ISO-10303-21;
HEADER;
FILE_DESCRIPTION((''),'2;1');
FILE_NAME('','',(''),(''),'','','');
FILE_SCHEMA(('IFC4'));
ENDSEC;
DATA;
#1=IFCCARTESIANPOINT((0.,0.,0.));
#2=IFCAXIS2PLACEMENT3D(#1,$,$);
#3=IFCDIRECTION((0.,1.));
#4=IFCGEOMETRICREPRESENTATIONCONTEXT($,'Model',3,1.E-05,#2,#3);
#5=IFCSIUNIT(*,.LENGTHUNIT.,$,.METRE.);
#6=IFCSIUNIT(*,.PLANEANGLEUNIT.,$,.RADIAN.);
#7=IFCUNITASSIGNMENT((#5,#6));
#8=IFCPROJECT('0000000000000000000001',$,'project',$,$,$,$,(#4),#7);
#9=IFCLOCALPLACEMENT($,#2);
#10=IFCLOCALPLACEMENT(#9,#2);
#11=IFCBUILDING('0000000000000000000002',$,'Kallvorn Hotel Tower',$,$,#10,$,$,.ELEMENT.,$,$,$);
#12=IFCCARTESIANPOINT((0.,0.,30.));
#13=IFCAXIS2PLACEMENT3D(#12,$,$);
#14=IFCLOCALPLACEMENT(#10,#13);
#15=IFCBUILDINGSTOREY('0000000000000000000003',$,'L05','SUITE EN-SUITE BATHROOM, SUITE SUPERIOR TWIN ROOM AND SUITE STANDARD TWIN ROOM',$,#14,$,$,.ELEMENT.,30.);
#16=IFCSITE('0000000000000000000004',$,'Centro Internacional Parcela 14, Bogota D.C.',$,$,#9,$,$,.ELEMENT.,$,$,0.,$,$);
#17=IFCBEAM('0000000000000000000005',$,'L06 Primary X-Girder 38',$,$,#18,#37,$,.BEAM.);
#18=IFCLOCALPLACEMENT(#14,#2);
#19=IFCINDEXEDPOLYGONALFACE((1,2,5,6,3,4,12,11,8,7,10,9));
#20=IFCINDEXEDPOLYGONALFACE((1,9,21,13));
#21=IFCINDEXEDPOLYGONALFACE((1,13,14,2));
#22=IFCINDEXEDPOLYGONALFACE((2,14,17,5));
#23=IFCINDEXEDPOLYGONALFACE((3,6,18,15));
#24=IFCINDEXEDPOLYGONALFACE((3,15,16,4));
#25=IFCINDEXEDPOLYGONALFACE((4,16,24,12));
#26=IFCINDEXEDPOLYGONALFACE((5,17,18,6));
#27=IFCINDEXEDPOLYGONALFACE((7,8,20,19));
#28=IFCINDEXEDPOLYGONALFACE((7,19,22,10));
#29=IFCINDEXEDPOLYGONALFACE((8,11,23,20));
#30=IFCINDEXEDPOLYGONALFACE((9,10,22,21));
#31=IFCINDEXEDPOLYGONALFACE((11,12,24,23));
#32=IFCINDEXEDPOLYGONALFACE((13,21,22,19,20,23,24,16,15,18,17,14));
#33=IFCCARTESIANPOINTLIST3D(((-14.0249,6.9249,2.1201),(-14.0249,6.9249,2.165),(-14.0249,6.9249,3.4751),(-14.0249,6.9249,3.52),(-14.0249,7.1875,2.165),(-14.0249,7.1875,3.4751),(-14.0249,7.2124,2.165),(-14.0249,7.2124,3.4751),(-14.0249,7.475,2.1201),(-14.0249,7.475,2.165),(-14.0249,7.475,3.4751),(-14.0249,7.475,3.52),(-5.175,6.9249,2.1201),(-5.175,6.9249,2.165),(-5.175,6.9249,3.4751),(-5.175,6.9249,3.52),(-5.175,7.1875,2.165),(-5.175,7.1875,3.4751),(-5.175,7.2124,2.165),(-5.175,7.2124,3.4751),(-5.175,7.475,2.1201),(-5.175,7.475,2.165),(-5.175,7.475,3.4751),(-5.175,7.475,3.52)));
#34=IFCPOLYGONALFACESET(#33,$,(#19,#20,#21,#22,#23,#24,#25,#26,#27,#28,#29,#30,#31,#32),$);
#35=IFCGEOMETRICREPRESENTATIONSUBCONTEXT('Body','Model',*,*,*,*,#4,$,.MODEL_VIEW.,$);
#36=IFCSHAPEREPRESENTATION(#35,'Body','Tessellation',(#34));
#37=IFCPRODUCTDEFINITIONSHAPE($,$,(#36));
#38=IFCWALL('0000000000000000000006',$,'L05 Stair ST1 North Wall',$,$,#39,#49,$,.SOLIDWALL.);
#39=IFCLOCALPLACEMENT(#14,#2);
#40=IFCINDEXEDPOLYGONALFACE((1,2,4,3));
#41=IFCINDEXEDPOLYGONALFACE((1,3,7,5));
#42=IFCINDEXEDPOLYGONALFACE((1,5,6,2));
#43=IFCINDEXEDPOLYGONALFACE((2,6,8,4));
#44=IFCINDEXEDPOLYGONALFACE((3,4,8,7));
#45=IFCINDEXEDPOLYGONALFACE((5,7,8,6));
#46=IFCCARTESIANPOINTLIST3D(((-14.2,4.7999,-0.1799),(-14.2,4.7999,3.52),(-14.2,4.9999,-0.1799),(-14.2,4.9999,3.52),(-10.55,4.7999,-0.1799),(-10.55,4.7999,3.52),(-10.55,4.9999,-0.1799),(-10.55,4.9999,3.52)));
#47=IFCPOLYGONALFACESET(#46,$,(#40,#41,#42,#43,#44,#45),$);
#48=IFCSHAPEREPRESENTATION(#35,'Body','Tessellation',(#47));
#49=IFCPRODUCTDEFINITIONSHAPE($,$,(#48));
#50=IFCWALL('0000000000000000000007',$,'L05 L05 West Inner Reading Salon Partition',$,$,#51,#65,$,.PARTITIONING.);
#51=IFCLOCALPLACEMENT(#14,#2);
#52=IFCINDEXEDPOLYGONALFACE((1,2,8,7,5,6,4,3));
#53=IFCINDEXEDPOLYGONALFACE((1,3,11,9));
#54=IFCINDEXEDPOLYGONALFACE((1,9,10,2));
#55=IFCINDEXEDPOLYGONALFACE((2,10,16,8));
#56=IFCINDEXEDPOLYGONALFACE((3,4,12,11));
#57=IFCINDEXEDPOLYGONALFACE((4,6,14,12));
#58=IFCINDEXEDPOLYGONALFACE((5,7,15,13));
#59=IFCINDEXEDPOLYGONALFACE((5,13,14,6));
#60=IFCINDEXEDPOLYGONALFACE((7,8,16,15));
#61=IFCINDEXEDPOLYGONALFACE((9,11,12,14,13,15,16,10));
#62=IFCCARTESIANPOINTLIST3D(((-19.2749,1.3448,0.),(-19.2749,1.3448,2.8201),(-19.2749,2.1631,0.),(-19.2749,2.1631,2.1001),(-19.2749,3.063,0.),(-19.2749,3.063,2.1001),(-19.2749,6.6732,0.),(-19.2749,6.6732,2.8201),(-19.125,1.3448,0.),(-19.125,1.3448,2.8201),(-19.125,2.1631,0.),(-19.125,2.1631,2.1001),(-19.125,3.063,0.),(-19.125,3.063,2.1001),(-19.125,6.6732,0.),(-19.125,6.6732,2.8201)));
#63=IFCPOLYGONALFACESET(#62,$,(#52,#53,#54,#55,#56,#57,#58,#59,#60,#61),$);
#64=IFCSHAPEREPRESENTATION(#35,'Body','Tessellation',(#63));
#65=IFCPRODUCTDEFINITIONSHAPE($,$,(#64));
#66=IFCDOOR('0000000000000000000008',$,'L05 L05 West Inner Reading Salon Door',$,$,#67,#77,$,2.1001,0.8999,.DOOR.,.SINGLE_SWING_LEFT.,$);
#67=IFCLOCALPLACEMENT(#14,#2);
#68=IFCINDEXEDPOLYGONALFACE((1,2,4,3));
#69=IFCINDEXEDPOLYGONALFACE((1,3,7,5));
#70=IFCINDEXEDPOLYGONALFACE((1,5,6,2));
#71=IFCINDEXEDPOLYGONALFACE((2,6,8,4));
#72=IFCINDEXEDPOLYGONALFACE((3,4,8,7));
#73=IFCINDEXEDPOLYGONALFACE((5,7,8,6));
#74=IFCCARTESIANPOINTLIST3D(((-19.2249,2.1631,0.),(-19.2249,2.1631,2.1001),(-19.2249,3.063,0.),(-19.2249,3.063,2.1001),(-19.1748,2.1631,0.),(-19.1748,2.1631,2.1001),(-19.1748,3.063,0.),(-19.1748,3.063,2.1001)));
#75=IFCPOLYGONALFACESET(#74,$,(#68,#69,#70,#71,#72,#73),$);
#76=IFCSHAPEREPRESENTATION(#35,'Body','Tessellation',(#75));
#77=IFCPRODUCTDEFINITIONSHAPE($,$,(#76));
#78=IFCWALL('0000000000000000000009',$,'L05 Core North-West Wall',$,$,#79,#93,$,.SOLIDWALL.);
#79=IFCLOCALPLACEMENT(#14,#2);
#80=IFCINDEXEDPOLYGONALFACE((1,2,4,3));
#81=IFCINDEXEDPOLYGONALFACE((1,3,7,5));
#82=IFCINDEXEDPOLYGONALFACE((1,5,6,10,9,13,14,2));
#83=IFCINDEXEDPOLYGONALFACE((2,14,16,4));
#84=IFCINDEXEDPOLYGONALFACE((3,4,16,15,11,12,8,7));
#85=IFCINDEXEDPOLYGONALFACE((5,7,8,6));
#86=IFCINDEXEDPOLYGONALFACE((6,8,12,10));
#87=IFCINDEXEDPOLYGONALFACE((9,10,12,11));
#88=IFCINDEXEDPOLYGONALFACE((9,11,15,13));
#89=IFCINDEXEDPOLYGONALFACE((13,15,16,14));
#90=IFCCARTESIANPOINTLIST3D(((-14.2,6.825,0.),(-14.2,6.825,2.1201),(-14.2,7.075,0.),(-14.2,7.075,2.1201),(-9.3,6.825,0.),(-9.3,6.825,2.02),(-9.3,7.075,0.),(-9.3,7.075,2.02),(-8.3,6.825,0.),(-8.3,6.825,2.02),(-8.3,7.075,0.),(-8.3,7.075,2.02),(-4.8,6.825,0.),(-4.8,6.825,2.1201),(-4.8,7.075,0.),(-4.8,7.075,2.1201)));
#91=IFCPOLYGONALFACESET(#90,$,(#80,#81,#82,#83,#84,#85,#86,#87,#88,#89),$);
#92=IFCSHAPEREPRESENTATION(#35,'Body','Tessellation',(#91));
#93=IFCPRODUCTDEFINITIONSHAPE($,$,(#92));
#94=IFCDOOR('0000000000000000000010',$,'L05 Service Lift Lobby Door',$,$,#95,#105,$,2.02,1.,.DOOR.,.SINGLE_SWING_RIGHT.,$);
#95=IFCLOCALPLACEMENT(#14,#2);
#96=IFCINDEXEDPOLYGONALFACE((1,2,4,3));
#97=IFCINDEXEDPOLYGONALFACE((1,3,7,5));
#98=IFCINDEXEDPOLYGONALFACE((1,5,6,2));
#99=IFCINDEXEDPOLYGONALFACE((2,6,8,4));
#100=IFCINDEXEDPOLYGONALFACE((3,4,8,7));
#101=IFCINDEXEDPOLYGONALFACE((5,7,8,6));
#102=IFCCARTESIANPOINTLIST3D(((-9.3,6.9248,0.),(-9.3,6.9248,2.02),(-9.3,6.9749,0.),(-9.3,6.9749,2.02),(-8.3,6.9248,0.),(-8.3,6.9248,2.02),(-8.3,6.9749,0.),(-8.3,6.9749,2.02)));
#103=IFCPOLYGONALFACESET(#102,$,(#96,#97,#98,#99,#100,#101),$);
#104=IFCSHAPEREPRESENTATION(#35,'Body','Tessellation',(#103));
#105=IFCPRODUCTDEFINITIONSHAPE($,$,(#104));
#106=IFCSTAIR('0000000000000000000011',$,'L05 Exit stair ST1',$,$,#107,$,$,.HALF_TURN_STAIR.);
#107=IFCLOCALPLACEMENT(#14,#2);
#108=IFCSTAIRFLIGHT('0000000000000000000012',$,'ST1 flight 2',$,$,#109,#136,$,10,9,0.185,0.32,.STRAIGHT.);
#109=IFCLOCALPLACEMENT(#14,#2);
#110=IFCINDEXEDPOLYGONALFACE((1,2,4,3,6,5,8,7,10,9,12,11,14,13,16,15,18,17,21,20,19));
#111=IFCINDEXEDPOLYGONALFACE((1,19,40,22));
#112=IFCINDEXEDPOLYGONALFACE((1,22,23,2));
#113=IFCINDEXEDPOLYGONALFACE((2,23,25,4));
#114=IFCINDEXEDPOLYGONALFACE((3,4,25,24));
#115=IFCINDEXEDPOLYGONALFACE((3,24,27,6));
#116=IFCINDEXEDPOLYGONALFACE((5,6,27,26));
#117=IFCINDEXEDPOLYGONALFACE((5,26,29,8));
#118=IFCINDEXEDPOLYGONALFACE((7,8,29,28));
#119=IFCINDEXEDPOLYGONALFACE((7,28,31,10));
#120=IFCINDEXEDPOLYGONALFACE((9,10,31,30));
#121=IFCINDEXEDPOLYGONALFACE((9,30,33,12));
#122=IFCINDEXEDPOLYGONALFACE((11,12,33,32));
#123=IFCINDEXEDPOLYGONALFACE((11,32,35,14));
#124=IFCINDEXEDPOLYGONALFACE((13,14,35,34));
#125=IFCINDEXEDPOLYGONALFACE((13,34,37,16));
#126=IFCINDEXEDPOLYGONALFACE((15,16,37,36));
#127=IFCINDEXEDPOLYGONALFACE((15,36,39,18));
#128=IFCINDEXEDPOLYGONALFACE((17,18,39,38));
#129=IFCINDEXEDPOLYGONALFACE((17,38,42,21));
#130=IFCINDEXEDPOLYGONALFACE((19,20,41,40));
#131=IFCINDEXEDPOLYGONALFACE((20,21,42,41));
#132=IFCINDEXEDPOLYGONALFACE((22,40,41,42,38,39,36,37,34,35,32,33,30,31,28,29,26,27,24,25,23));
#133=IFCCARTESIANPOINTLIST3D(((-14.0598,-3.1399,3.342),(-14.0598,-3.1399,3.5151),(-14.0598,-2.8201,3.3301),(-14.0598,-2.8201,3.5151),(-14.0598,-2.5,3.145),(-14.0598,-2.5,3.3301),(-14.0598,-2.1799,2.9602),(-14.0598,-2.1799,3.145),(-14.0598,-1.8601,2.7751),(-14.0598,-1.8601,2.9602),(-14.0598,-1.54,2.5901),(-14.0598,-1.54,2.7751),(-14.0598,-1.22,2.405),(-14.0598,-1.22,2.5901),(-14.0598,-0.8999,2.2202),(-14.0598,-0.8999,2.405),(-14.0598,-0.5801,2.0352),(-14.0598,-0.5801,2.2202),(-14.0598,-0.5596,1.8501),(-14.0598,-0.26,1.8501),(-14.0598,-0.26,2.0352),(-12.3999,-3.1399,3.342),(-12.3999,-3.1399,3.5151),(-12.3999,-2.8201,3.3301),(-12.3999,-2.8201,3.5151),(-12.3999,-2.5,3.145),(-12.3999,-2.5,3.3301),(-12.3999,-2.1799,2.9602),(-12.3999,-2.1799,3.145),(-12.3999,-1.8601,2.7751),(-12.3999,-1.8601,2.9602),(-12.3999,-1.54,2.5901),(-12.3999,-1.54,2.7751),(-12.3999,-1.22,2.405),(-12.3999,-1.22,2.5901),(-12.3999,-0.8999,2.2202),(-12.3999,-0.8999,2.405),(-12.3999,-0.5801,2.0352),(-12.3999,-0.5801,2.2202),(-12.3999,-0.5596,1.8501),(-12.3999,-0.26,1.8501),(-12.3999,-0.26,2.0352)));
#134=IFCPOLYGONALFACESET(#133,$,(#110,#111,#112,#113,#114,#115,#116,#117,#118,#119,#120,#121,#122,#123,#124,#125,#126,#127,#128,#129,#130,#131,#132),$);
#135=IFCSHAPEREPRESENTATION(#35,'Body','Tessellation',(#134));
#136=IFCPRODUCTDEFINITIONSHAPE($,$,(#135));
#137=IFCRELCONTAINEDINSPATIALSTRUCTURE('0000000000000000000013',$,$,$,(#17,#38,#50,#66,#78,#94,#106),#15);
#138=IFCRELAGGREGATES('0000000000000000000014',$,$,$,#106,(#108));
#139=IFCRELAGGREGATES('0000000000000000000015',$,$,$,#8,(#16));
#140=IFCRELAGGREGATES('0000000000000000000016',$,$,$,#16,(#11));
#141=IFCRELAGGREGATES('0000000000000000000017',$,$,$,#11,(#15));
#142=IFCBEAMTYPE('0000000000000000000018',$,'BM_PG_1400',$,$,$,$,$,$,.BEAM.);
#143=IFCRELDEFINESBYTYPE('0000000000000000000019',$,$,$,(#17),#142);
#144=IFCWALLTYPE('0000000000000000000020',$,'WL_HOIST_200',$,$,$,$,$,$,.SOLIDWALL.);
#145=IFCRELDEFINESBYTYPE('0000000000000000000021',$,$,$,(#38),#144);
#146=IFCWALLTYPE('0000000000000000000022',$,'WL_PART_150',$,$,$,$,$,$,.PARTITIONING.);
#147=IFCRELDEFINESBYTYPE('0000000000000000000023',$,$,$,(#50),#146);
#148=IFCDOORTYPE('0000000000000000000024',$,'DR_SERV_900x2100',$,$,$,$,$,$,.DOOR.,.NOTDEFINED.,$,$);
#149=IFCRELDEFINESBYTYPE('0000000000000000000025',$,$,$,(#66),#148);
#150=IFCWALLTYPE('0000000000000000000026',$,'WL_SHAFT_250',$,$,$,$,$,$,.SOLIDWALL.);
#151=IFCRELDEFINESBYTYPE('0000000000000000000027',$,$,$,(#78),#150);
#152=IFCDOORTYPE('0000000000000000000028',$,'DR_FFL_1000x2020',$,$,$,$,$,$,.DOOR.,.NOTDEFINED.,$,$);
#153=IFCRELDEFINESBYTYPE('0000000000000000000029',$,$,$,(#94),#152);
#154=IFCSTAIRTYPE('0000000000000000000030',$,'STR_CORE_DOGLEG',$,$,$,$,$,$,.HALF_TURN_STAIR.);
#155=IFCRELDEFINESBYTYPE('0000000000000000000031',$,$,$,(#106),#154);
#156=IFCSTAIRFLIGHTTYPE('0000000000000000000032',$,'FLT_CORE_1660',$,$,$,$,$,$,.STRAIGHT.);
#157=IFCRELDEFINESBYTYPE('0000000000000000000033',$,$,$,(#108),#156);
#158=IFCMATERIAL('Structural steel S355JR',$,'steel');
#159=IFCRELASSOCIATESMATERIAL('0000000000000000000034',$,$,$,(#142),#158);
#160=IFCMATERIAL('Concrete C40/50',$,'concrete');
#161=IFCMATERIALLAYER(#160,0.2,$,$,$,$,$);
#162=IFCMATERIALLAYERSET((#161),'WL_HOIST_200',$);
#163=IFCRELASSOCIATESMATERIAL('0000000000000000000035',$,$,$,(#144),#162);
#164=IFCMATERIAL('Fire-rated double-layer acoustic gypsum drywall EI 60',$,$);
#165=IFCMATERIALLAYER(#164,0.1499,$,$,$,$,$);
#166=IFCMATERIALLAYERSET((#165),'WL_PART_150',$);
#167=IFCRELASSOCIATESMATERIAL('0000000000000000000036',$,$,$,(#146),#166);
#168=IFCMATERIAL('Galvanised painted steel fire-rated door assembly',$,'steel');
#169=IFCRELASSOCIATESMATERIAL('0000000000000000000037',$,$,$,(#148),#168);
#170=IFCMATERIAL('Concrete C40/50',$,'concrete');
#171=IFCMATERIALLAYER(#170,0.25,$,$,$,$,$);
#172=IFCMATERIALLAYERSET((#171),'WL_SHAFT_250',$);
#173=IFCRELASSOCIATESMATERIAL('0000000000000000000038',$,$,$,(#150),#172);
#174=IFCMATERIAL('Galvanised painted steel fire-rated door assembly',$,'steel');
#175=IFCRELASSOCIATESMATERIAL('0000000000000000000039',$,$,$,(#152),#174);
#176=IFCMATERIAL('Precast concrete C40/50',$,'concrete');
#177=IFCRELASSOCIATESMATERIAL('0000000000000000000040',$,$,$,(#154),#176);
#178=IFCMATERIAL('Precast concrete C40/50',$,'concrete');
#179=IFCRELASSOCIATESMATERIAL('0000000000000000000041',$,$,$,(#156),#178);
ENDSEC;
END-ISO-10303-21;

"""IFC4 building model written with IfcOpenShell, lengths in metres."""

from ifc_helpers import new_model, si_unit, direction, frame, frame_2d, origin, origin_2d, place, context, subcontext, project, spatial, polyline, rectangle, i_section, outline, extrude, material, layer, layer_set, material_profile, profile_set, type_object, element, fill, aggregate, save


model = new_model("IFC4")

# Units and contexts
model_context = context("Model", 3, precision=1e-05, world=origin(), true_north=direction((0.0, 1.0)))
body_context = subcontext(model_context, "Body", "Model", "MODEL_VIEW")
ifc_project = project(units=[si_unit("LENGTHUNIT", "METRE"), si_unit("PLANEANGLEUNIT", "RADIAN")], contexts=[model_context])

# Site, building, storey
site_placement = place(None, origin())
site = spatial("IfcSite", under=ifc_project, at=site_placement, Name="Centro Internacional Parcela 14, Bogota D.C.", CompositionType="ELEMENT", RefElevation=0.0)
building_placement = place(site_placement, origin())
building = spatial("IfcBuilding", under=site, at=building_placement, Name="Kallvorn Hotel Tower", CompositionType="ELEMENT")
storey_placement = place(building_placement, frame((0.0, 0.0, 30.0)))
storey = spatial("IfcBuildingStorey", under=building, at=storey_placement, Name="L05", Description="SUITE EN-SUITE BATHROOM, SUITE SUPERIOR TWIN ROOM AND SUITE STANDARD TWIN ROOM", CompositionType="ELEMENT", Elevation=30.0)

# Beam
ifc_material_1 = material(Name="Structural steel S355JR", Category="steel")
ifc_material_profile_1 = material_profile(ifc_material_1, i_section(OverallWidth=0.55, OverallDepth=1.3999, WebThickness=0.0249, FlangeThickness=0.0449, at=origin_2d()), Name="PG 1400x550x25x45")
ifc_profile_set_1 = profile_set([ifc_material_profile_1], Name="Structural steel S355JR")
beam_type_1 = type_object("IfcBeamType", Name="BM_PG_1400", PredefinedType="BEAM", material=ifc_profile_set_1)
beam_1_placement = place(storey_placement, frame((-14.0249, 7.2, 2.8201), z_axis=(1.0, 0.0, 0.0), x_axis=(0.0, 1.0, 0.0)))
element("IfcBeam", 1, at=beam_1_placement, inside=storey, type_object=beam_type_1, Name="L06 Primary X-Girder 38", PredefinedType="BEAM", context=body_context, shape_type="SweptSolid", body=[
    extrude(i_section(OverallWidth=0.55, OverallDepth=1.3999, WebThickness=0.0249, FlangeThickness=0.0449, at=origin_2d()), origin(), (0.0, 0.0, 1.0), 8.8499),
])

# Wall
ifc_material_2 = material(Name="Concrete C40/50", Category="concrete")
ifc_layer_1 = layer(ifc_material_2, 0.2)
ifc_layer_set_1 = layer_set([ifc_layer_1], Name="WL_HOIST_200")
wall_type_1 = type_object("IfcWallType", Name="WL_HOIST_200", PredefinedType="SOLIDWALL", material=ifc_layer_set_1)
wall_1_placement = place(storey_placement, frame((-14.2, 4.8999, -0.1799), z_axis=(0.0, 0.0, 1.0), x_axis=(1.0, 0.0, 0.0)))
element("IfcWall", 2, at=wall_1_placement, inside=storey, type_object=wall_type_1, Name="L05 Stair ST1 North Wall", PredefinedType="SOLIDWALL", context=body_context, shape_type="SweptSolid", body=[
    extrude(rectangle(XDim=3.6499, YDim=0.2, at=frame_2d((1.825, 0.0))), origin(), (0.0, 0.0, 1.0), 3.7),
])

# Walls, openings, doors
ifc_material_3 = material(Name="Fire-rated double-layer acoustic gypsum drywall EI 60")
ifc_layer_2 = layer(ifc_material_3, 0.1499)
ifc_layer_set_2 = layer_set([ifc_layer_2], Name="WL_PART_150")
wall_type_2 = type_object("IfcWallType", Name="WL_PART_150", PredefinedType="PARTITIONING", material=ifc_layer_set_2)
wall_2_placement = place(storey_placement, frame((-19.2, 1.345, 0.0), z_axis=(0.0, 0.0, 1.0), x_axis=(0.0, 1.0, 0.0)))
wall_2 = element("IfcWall", 3, at=wall_2_placement, inside=storey, type_object=wall_type_2, Name="L05 L05 West Inner Reading Salon Partition", PredefinedType="PARTITIONING", context=body_context, shape_type="SweptSolid", body=[
    extrude(rectangle(XDim=5.3284, YDim=0.1499, at=frame_2d((2.6641, 0.0))), origin(), (0.0, 0.0, 1.0), 2.8201),
])
opening_1_placement = place(wall_2_placement, frame((0.8181, 0.0, 0.0)))
opening_1 = element("IfcOpeningElement", 4, at=opening_1_placement, cuts=wall_2, PredefinedType="OPENING", context=body_context, shape_type="SweptSolid", body=[
    extrude(rectangle(XDim=0.8999, YDim=2.1001, at=frame_2d((0.45, 1.05))), frame((0.0, 0.0898, 0.0), z_axis=(0.0, -1.0, 0.0), x_axis=(1.0, 0.0, 0.0)), (0.0, 0.0, 1.0), 0.1799),
])
ifc_material_4 = material(Name="Galvanised painted steel fire-rated door assembly", Category="steel")
door_type_1 = type_object("IfcDoorType", Name="DR_SERV_900x2100", OperationType="NOTDEFINED", PredefinedType="DOOR", material=ifc_material_4)
door_1_placement = place(opening_1_placement, origin())
door_1 = element("IfcDoor", 5, at=door_1_placement, inside=storey, type_object=door_type_1, Name="L05 L05 West Inner Reading Salon Door", OperationType="SINGLE_SWING_LEFT", OverallHeight=2.1001, OverallWidth=0.8999, PredefinedType="DOOR", context=body_context, shape_type="SweptSolid", body=[
    extrude(rectangle(XDim=0.8999, YDim=2.1001, at=frame_2d((0.45, 1.05))), frame((0.0, 0.0249, 0.0), z_axis=(0.0, -1.0, 0.0), x_axis=(1.0, 0.0, 0.0)), (0.0, 0.0, 1.0), 0.05),
])
fill(opening_1, door_1)
ifc_material_5 = material(Name="Concrete C40/50", Category="concrete")
ifc_layer_3 = layer(ifc_material_5, 0.25)
ifc_layer_set_3 = layer_set([ifc_layer_3], Name="WL_SHAFT_250")
wall_type_3 = type_object("IfcWallType", Name="WL_SHAFT_250", PredefinedType="SOLIDWALL", material=ifc_layer_set_3)
wall_3_placement = place(storey_placement, frame((-14.2, 6.95, 0.0), z_axis=(0.0, 0.0, 1.0), x_axis=(1.0, 0.0, 0.0)))
wall_3 = element("IfcWall", 6, at=wall_3_placement, inside=storey, type_object=wall_type_3, Name="L05 Core North-West Wall", PredefinedType="SOLIDWALL", context=body_context, shape_type="SweptSolid", body=[
    extrude(rectangle(XDim=9.3999, YDim=0.25, at=frame_2d((4.7, 0.0))), origin(), (0.0, 0.0, 1.0), 2.1201),
])
opening_2_placement = place(wall_3_placement, frame((4.8999, 0.0, 0.0)))
opening_2 = element("IfcOpeningElement", 7, at=opening_2_placement, cuts=wall_3, PredefinedType="OPENING", context=body_context, shape_type="SweptSolid", body=[
    extrude(rectangle(XDim=1.0, YDim=2.02, at=frame_2d((0.5, 1.01))), frame((0.0, 0.1399, 0.0), z_axis=(0.0, -1.0, 0.0), x_axis=(1.0, 0.0, 0.0)), (0.0, 0.0, 1.0), 0.28),
])
ifc_material_6 = material(Name="Galvanised painted steel fire-rated door assembly", Category="steel")
door_type_2 = type_object("IfcDoorType", Name="DR_FFL_1000x2020", OperationType="NOTDEFINED", PredefinedType="DOOR", material=ifc_material_6)
door_2_placement = place(opening_2_placement, origin())
door_2 = element("IfcDoor", 8, at=door_2_placement, inside=storey, type_object=door_type_2, Name="L05 Service Lift Lobby Door", OperationType="SINGLE_SWING_RIGHT", OverallHeight=2.02, OverallWidth=1.0, PredefinedType="DOOR", context=body_context, shape_type="SweptSolid", body=[
    extrude(rectangle(XDim=1.0, YDim=2.02, at=frame_2d((0.5, 1.01))), frame((0.0, 0.0249, 0.0), z_axis=(0.0, -1.0, 0.0), x_axis=(1.0, 0.0, 0.0)), (0.0, 0.0, 1.0), 0.05),
])
fill(opening_2, door_2)

# Stair, stair flight
ifc_material_7 = material(Name="Precast concrete C40/50", Category="concrete")
stair_type = type_object("IfcStairType", Name="STR_CORE_DOGLEG", PredefinedType="HALF_TURN_STAIR", material=ifc_material_7)
stair_placement = place(storey_placement, origin())
stair = element("IfcStair", 9, at=stair_placement, inside=storey, type_object=stair_type, Name="L05 Exit stair ST1", PredefinedType="HALF_TURN_STAIR")
ifc_material_8 = material(Name="Precast concrete C40/50", Category="concrete")
stair_flight_type = type_object("IfcStairFlightType", Name="FLT_CORE_1660", PredefinedType="STRAIGHT", material=ifc_material_8)
stair_flight_placement = place(storey_placement, frame((-13.23, -0.26, 1.8501), z_axis=(0.0, 0.0, 1.0), x_axis=(0.0, -1.0, 0.0)))
stair_flight = element("IfcStairFlight", 10, at=stair_flight_placement, type_object=stair_flight_type, Name="ST1 flight 2", NumberOfRisers=10, NumberOfTreads=9, PredefinedType="STRAIGHT", RiserHeight=0.185, TreadLength=0.32, context=body_context, shape_type="SweptSolid", body=[
    extrude(outline(polyline([(0.0, 0.0), (0.0, 0.1851), (0.3201, 0.1851), (0.3201, 0.3701), (0.6399, 0.3701), (0.6399, 0.5549), (0.96, 0.5549), (0.96, 0.74), (1.28, 0.74), (1.28, 0.925), (1.6001, 0.925), (1.6001, 1.1101), (1.9199, 1.1101), (1.9199, 1.2949), (2.24, 1.2949), (2.24, 1.48), (2.5601, 1.48), (2.5601, 1.665), (2.8799, 1.665), (2.8799, 1.8501), (2.8799, 1.4919), (0.2996, 0.0), (0.0, 0.0)])), frame((0.0, 0.8301, 0.0), z_axis=(0.0, -1.0, 0.0), x_axis=(1.0, 0.0, 0.0)), (0.0, 0.0, 1.0), 1.6599),
])
aggregate(stair, [stair_flight])

save(model, "model.ifc")
